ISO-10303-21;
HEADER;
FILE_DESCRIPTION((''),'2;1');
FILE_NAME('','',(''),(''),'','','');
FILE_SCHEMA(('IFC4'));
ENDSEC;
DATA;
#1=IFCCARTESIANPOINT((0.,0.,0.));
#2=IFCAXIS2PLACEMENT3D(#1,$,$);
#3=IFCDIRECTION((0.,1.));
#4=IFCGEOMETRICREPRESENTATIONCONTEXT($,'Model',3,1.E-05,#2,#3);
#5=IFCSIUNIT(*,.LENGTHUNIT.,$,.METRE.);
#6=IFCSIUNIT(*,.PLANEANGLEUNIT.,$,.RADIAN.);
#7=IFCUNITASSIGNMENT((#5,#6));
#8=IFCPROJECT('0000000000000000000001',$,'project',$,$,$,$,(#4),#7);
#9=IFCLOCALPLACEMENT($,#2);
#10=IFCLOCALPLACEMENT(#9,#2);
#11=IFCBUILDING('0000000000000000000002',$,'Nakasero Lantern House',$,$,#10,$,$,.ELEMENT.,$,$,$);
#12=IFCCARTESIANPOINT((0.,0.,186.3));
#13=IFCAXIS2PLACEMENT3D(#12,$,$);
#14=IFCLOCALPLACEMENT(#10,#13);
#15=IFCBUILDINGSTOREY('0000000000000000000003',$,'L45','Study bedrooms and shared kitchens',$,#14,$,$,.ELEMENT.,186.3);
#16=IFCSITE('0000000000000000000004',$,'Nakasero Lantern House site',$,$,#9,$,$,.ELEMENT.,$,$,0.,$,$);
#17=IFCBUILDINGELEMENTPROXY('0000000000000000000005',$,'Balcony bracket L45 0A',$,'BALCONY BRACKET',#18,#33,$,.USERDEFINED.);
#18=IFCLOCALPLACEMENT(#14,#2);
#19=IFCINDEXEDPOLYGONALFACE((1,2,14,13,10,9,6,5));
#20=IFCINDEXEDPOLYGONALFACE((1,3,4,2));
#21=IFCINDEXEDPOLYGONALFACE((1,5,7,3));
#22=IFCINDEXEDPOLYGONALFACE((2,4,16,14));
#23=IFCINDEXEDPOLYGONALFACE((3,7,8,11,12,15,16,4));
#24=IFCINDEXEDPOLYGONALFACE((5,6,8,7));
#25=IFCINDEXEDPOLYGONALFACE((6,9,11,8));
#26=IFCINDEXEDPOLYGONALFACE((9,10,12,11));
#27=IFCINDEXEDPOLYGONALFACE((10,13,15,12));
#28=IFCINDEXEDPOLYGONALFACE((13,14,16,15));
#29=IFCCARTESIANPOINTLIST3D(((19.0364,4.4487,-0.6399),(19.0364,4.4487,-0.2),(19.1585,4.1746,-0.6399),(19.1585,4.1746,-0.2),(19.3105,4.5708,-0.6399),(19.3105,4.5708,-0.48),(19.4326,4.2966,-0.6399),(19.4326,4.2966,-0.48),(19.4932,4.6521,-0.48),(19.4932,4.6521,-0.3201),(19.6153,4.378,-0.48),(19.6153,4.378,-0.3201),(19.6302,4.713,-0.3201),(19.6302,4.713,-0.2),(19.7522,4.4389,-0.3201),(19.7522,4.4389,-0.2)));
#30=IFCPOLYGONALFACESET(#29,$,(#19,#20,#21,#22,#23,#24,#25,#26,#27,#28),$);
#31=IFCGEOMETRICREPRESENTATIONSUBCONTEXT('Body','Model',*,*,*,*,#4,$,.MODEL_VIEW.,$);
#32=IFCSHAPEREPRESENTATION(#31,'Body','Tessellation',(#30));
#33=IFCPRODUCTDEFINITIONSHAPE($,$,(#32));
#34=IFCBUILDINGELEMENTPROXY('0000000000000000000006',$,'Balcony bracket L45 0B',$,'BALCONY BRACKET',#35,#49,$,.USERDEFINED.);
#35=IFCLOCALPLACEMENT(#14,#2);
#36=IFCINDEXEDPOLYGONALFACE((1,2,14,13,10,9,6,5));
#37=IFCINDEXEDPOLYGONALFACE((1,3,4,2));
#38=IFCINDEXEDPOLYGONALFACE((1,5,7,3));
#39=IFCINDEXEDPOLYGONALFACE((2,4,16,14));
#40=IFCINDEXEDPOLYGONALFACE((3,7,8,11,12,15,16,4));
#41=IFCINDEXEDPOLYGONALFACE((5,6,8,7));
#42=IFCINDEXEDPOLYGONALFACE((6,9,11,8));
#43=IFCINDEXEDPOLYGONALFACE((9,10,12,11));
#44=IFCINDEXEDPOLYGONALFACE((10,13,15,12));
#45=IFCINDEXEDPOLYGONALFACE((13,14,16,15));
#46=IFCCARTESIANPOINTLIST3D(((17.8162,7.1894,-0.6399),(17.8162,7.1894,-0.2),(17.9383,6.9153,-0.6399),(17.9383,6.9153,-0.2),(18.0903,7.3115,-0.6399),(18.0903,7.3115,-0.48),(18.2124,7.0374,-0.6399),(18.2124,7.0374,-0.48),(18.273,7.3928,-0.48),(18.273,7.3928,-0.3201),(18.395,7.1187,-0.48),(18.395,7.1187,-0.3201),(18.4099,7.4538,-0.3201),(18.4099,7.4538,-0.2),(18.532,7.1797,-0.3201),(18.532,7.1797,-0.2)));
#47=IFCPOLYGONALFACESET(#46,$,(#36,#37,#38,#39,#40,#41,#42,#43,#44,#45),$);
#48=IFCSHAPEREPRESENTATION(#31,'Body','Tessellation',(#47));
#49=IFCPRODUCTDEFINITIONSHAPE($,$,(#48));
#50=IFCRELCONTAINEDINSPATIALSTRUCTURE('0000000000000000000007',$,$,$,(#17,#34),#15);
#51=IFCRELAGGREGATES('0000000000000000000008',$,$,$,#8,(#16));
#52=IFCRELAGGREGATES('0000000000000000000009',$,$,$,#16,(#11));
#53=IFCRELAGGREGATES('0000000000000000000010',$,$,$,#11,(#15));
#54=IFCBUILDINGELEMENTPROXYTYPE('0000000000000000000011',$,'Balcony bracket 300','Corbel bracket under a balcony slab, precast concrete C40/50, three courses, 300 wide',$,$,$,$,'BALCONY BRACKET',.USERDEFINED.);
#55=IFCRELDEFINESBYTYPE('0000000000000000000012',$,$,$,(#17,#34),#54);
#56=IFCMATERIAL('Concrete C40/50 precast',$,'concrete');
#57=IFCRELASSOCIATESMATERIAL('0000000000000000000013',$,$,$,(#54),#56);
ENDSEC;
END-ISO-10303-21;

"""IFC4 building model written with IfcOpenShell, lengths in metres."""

from ifc_helpers import new_model, si_unit, direction, frame, origin, place, context, subcontext, project, spatial, polyline, outline, extrude, material, type_object, element, save


model = new_model("IFC4")

# Units and contexts
model_context = context("Model", 3, precision=1e-05, world=origin(), true_north=direction((0.0, 1.0)))
body_context = subcontext(model_context, "Body", "Model", "MODEL_VIEW")
ifc_project = project(units=[si_unit("LENGTHUNIT", "METRE"), si_unit("PLANEANGLEUNIT", "RADIAN")], contexts=[model_context])

# Site, building, storey
site_placement = place(None, origin())
site = spatial("IfcSite", under=ifc_project, at=site_placement, Name="Nakasero Lantern House site", CompositionType="ELEMENT", RefElevation=0.0)
building_placement = place(site_placement, origin())
building = spatial("IfcBuilding", under=site, at=building_placement, Name="Nakasero Lantern House", CompositionType="ELEMENT")
storey_placement = place(building_placement, frame((0.0, 0.0, 186.3)))
storey = spatial("IfcBuildingStorey", under=building, at=storey_placement, Name="L45", Description="Study bedrooms and shared kitchens", CompositionType="ELEMENT", Elevation=186.3)

# Building element proxies
ifc_material_1 = material(Name="Concrete C40/50 precast", Category="concrete")
building_element_proxy_type = type_object("IfcBuildingElementProxyType", Name="Balcony bracket 300", Description="Corbel bracket under a balcony slab, precast concrete C40/50, three courses, 300 wide", ElementType="BALCONY BRACKET", PredefinedType="USERDEFINED", material=ifc_material_1)
for number, where, z_axis, x_axis, name in (
    (1, (19.0974, 4.3118, -0.2), (0.0, 0.0, 1.0), (0.913545, 0.406737, 0.0), "Balcony bracket L45 0A"),
    (2, (17.8772, 7.0525, -0.2), (0.0, 0.0, 1.0), (0.913545, 0.406737, 0.0), "Balcony bracket L45 0B"),
):
    element("IfcBuildingElementProxy", number, at=place(storey_placement, frame(where, z_axis=z_axis, x_axis=x_axis)), inside=storey, type_object=building_element_proxy_type, Name=name, ObjectType="BALCONY BRACKET", PredefinedType="USERDEFINED", context=body_context, shape_type="SweptSolid", body=[
        extrude(outline(polyline([(0.0, 0.0), (0.6499, 0.0), (0.6499, -0.1201), (0.5, -0.1201), (0.5, -0.28), (0.3, -0.28), (0.3, -0.4399), (0.0, -0.4399), (0.0, 0.0)])), frame((0.0, 0.1499, 0.0), z_axis=(0.0, -1.0, 0.0), x_axis=(1.0, 0.0, 0.0)), (0.0, 0.0, 1.0), 0.3),
    ])

save(model, "model.ifc")
